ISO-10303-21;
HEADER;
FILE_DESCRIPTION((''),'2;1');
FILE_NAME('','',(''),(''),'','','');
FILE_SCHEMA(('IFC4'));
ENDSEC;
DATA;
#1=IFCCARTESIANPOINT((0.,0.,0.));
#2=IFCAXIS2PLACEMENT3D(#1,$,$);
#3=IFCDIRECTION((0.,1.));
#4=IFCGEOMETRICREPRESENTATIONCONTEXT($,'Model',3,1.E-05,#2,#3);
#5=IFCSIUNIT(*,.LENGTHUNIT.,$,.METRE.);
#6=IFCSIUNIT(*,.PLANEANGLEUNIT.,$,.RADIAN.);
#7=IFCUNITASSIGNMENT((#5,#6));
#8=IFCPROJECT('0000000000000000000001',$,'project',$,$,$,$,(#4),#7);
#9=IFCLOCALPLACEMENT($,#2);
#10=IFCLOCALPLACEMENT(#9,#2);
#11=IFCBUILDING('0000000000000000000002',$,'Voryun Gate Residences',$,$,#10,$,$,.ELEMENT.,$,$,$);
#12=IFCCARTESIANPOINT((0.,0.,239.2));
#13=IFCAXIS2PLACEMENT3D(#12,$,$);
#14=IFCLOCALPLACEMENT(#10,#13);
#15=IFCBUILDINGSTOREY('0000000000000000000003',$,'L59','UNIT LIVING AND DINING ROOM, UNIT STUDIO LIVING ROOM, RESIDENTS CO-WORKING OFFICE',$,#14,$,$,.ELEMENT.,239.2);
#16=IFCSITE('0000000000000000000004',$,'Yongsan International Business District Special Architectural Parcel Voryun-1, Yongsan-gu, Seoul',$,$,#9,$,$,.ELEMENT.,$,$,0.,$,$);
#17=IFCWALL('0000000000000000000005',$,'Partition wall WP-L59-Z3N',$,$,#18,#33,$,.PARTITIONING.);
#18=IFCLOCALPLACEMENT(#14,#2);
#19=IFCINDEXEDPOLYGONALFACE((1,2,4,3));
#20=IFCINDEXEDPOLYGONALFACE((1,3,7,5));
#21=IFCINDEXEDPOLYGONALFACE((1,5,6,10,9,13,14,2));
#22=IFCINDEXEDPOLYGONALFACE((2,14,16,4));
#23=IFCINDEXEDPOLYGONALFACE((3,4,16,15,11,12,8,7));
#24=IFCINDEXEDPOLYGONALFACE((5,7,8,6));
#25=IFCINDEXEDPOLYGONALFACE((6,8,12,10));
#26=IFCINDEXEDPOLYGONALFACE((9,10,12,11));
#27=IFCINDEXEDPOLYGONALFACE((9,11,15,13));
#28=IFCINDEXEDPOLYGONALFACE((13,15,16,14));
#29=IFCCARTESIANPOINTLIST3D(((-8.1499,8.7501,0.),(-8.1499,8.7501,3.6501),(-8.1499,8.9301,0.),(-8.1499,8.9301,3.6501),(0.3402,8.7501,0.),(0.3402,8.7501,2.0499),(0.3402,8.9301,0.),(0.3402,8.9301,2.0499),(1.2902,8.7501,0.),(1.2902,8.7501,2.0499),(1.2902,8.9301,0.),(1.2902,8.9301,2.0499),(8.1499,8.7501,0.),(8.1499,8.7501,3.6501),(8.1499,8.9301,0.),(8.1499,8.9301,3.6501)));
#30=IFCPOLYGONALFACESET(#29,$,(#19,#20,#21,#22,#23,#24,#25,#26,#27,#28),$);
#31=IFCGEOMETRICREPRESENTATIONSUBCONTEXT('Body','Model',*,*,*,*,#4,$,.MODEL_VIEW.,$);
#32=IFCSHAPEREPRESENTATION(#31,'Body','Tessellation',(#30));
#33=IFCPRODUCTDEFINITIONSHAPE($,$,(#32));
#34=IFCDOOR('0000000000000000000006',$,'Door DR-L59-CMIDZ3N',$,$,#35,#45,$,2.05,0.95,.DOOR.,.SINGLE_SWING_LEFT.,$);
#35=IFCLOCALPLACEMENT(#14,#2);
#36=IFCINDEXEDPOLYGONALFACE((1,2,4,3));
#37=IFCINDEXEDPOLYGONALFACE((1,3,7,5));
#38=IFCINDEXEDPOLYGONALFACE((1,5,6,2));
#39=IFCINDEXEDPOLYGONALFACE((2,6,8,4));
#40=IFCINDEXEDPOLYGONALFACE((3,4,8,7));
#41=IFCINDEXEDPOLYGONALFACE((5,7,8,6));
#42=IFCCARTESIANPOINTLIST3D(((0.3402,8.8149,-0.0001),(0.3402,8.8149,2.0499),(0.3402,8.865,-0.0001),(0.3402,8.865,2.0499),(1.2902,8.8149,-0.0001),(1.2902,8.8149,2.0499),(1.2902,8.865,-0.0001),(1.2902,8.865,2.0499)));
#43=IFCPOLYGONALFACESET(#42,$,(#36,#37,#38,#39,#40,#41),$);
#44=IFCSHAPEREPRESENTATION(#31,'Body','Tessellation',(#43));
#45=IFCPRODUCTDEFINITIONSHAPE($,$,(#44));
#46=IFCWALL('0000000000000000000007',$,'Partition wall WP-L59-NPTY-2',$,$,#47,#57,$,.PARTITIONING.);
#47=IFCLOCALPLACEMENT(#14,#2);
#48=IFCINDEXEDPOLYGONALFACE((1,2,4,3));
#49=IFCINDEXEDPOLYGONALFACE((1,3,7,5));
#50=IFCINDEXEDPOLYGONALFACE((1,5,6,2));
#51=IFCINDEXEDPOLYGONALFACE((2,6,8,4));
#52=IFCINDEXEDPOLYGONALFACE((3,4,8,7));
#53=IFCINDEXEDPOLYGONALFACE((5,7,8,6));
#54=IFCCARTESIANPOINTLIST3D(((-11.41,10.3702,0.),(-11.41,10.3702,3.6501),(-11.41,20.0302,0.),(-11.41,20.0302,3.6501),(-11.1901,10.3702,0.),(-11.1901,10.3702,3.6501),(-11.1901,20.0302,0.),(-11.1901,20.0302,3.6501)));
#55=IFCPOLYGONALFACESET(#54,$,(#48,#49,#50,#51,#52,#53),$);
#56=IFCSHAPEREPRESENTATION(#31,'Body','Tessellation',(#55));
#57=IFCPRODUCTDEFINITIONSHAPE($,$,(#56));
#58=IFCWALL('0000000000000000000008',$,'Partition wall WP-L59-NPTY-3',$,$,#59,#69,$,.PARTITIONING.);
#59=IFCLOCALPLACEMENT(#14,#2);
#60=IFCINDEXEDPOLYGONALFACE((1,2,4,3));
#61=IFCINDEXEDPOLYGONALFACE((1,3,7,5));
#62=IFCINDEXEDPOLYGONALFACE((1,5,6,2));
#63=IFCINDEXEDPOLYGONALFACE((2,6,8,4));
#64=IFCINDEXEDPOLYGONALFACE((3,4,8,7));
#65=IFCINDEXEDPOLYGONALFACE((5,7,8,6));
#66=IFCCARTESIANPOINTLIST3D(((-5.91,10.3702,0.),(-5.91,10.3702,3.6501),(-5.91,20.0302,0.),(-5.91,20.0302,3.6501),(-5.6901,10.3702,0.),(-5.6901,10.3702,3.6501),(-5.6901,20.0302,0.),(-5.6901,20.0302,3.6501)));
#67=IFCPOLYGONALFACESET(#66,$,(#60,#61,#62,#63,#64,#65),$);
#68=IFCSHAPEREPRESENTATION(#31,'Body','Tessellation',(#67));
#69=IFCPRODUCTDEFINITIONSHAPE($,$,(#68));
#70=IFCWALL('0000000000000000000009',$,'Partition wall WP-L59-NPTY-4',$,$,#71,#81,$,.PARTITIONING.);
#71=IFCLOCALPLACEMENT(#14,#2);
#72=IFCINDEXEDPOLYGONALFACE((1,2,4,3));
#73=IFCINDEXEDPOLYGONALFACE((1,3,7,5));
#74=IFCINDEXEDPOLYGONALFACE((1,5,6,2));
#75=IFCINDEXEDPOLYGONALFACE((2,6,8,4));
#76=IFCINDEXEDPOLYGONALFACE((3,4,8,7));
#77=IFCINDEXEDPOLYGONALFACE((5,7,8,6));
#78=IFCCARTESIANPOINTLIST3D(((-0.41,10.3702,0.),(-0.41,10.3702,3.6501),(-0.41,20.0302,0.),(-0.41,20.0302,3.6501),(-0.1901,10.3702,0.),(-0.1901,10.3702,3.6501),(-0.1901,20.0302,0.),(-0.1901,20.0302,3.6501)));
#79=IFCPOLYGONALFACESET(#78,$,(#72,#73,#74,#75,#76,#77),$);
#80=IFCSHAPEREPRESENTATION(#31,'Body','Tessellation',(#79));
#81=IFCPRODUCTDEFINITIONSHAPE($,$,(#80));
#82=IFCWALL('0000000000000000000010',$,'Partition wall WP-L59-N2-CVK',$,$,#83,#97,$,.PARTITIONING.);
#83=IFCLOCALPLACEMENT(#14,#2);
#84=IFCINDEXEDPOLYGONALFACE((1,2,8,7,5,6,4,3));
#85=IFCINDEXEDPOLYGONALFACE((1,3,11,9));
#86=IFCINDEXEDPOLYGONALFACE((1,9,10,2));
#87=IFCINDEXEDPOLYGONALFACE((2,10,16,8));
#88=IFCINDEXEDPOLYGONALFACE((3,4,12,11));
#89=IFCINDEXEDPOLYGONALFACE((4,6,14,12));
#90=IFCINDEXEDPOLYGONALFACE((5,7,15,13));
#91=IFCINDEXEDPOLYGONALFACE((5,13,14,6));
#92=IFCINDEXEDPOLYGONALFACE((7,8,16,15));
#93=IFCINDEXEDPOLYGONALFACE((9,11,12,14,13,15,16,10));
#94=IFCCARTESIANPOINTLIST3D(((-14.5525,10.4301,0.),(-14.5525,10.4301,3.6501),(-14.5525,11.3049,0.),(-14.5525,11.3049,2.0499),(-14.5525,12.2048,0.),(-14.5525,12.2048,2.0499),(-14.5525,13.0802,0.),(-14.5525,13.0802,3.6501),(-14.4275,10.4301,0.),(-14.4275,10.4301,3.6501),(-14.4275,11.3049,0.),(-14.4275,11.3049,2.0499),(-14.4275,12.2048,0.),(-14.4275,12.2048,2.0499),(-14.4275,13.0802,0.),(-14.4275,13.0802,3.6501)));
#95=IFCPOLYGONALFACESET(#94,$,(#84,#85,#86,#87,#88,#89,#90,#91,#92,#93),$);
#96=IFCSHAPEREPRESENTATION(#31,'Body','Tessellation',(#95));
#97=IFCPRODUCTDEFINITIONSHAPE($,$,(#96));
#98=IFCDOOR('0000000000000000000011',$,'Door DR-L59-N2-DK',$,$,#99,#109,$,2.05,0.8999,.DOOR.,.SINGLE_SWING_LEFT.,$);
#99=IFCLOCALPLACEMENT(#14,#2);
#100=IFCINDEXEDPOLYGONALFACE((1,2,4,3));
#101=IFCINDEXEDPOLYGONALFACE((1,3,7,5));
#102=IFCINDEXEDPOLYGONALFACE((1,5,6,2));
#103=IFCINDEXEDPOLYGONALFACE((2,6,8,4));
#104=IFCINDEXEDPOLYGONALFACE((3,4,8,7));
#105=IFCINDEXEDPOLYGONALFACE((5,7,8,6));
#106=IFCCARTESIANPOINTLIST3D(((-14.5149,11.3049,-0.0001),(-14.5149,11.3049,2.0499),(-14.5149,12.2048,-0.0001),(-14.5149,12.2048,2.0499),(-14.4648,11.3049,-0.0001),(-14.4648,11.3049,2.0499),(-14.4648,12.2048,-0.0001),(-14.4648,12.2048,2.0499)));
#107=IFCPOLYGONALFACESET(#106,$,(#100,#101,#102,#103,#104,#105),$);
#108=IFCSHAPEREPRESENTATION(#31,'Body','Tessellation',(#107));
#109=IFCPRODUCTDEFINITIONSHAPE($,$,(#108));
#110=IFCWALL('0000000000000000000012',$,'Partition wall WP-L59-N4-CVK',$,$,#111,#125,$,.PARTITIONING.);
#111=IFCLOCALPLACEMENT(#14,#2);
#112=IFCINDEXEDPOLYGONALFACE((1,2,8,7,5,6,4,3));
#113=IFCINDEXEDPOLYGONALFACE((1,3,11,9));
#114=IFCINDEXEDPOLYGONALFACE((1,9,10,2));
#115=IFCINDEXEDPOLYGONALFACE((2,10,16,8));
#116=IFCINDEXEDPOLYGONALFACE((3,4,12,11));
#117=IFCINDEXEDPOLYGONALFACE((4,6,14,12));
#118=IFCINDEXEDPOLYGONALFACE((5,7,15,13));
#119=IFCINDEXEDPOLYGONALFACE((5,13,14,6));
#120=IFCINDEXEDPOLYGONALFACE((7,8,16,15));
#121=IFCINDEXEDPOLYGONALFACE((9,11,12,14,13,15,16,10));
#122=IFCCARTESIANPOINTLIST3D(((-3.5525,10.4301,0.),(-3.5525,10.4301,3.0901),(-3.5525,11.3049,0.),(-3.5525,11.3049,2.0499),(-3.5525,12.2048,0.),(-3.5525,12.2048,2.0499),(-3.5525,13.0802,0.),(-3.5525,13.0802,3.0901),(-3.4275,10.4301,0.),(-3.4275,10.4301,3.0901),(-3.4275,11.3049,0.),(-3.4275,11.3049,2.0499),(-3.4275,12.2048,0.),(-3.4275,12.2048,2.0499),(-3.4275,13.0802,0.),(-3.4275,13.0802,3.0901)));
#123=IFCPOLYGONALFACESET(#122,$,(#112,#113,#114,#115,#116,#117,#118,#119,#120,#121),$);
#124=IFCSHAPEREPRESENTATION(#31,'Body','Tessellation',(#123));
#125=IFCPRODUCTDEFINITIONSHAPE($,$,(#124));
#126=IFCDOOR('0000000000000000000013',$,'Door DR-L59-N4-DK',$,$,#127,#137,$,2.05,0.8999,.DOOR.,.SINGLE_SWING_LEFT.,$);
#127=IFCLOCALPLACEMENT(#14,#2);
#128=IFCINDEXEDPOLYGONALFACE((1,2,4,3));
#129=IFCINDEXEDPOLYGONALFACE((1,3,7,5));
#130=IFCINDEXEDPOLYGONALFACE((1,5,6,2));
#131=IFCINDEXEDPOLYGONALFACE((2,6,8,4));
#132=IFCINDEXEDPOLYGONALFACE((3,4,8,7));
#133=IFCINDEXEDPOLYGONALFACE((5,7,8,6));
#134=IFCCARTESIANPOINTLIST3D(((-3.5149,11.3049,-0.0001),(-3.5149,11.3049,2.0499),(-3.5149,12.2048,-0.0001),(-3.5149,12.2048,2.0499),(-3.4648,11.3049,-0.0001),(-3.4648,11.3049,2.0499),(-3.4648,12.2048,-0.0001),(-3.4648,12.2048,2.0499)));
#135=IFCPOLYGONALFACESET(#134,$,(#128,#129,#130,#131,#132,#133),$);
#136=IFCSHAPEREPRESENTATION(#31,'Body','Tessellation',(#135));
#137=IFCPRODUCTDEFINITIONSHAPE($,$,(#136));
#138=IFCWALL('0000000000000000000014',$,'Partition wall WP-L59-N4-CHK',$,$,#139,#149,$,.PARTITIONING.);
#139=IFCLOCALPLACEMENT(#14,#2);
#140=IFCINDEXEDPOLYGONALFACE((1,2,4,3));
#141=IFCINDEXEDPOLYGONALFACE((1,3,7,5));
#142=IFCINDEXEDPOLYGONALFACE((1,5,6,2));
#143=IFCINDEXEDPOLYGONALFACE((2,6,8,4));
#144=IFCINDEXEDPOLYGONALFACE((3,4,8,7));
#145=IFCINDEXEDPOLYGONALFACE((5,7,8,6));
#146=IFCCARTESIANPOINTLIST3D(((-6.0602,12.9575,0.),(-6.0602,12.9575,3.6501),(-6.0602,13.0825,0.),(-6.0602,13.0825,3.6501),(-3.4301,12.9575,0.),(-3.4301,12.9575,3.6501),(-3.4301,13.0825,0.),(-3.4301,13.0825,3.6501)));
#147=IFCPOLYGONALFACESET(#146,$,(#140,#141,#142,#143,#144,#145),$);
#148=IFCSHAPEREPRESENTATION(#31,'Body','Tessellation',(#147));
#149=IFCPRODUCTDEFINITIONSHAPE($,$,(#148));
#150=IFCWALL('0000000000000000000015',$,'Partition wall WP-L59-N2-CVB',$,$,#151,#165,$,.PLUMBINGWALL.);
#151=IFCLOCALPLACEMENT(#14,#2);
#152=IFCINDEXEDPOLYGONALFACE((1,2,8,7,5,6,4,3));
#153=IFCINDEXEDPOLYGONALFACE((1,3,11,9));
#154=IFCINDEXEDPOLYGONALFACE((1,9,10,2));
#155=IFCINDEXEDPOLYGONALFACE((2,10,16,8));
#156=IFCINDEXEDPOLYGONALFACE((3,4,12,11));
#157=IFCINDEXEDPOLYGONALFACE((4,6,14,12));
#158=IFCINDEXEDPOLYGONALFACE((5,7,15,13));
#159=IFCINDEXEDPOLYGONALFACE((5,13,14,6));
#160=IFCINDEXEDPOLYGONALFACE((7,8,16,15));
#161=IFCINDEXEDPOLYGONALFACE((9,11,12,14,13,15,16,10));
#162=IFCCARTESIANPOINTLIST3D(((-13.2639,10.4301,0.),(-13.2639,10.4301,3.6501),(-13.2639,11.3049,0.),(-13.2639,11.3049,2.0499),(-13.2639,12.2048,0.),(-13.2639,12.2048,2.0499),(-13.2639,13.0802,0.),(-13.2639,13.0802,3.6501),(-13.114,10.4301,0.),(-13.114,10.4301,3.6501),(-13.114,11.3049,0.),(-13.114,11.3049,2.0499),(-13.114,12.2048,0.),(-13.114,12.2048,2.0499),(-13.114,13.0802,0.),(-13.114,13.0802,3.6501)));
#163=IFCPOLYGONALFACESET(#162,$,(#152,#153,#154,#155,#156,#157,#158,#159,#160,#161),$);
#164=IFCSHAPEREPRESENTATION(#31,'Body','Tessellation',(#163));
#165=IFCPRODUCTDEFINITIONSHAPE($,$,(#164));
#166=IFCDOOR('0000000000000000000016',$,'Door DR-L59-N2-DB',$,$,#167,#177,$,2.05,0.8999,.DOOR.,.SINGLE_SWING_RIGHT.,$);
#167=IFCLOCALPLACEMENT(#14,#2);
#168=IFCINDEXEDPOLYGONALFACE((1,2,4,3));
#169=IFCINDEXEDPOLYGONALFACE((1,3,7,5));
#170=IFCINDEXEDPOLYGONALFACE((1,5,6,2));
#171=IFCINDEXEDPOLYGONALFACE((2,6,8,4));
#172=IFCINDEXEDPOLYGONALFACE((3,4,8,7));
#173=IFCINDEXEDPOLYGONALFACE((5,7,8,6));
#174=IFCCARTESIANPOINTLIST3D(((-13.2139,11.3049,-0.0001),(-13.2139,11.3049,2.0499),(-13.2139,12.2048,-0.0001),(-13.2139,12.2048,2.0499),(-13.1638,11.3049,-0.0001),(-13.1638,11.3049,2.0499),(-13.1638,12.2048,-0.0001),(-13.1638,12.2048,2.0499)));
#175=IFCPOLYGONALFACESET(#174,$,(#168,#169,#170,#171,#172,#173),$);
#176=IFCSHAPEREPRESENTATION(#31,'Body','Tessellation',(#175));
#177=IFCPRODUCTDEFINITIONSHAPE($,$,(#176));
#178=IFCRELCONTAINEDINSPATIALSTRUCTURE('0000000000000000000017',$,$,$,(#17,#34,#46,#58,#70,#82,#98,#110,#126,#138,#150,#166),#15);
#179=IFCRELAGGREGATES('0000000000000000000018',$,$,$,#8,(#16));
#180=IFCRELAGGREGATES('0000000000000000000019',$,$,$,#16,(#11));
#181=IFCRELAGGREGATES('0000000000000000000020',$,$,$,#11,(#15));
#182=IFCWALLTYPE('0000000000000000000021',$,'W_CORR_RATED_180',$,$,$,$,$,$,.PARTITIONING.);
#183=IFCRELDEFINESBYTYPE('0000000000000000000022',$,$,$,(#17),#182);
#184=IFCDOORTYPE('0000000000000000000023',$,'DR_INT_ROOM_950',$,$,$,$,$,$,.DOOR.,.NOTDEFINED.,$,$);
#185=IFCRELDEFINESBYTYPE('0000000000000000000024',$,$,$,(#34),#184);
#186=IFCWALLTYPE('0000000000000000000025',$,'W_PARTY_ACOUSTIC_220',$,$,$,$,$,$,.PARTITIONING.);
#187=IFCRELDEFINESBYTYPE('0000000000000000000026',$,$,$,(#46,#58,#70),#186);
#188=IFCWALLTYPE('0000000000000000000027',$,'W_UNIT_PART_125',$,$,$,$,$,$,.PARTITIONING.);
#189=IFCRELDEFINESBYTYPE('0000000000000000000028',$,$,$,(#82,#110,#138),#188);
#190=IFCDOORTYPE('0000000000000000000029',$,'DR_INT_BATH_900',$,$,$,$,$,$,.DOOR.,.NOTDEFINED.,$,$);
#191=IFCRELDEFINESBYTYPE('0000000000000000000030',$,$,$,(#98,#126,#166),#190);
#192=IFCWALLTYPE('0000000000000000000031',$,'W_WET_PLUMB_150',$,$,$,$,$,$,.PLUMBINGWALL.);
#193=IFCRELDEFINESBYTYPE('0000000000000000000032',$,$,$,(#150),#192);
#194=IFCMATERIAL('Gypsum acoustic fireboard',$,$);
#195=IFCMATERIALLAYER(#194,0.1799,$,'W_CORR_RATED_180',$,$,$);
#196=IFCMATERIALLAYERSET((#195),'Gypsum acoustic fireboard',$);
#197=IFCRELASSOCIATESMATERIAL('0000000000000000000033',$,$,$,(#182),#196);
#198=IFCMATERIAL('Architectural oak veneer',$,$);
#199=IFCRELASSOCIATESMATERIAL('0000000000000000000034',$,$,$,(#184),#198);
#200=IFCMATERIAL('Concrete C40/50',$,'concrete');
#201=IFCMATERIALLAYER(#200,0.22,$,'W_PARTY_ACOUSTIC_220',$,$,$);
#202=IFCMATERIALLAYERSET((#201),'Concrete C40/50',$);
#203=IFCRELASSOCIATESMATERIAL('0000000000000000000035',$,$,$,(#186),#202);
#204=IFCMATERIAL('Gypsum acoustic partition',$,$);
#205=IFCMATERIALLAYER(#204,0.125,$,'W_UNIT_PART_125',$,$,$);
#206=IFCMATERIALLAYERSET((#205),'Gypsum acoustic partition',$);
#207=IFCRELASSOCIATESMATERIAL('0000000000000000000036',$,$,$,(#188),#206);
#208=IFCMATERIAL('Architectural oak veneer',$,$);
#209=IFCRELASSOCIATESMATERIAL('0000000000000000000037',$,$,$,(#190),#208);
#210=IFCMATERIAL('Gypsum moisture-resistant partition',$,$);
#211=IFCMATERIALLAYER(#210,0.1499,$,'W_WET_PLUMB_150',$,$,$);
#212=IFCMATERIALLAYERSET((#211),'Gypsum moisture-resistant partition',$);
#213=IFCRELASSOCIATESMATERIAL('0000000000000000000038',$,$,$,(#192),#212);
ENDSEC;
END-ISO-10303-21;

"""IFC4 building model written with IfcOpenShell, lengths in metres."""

from ifc_helpers import new_model, si_unit, direction, frame, frame_2d, origin, place, context, subcontext, project, spatial, rectangle, extrude, material, layer, layer_set, type_object, element, fill, save


model = new_model("IFC4")

# Units and contexts
model_context = context("Model", 3, precision=1e-05, world=origin(), true_north=direction((0.0, 1.0)))
body_context = subcontext(model_context, "Body", "Model", "MODEL_VIEW")
ifc_project = project(units=[si_unit("LENGTHUNIT", "METRE"), si_unit("PLANEANGLEUNIT", "RADIAN")], contexts=[model_context])

# Site, building, storey
site_placement = place(None, origin())
site = spatial("IfcSite", under=ifc_project, at=site_placement, Name="Yongsan International Business District Special Architectural Parcel Voryun-1, Yongsan-gu, Seoul", CompositionType="ELEMENT", RefElevation=0.0)
building_placement = place(site_placement, origin())
building = spatial("IfcBuilding", under=site, at=building_placement, Name="Voryun Gate Residences", CompositionType="ELEMENT")
storey_placement = place(building_placement, frame((0.0, 0.0, 239.2)))
storey = spatial("IfcBuildingStorey", under=building, at=storey_placement, Name="L59", Description="UNIT LIVING AND DINING ROOM, UNIT STUDIO LIVING ROOM, RESIDENTS CO-WORKING OFFICE", CompositionType="ELEMENT", Elevation=239.2)

# Wall, opening, door
ifc_material_1 = material(Name="Gypsum acoustic fireboard")
ifc_layer_1 = layer(ifc_material_1, 0.1799, Name="W_CORR_RATED_180")
ifc_layer_set_1 = layer_set([ifc_layer_1], Name="Gypsum acoustic fireboard")
wall_type_1 = type_object("IfcWallType", Name="W_CORR_RATED_180", PredefinedType="PARTITIONING", material=ifc_layer_set_1)
wall_1_placement = place(storey_placement, frame((-8.1499, 8.8401, 0.0), z_axis=(0.0, 0.0, 1.0), x_axis=(1.0, 0.0, 0.0)))
wall_1 = element("IfcWall", 1, at=wall_1_placement, inside=storey, type_object=wall_type_1, Name="Partition wall WP-L59-Z3N", PredefinedType="PARTITIONING", context=body_context, shape_type="SweptSolid", body=[
    extrude(rectangle(XDim=16.2998, YDim=0.1799, at=frame_2d((8.1499, 0.0))), origin(), (0.0, 0.0, 1.0), 3.6501),
])
opening_1_placement = place(wall_1_placement, frame((8.49, 0.0, 0.0)))
opening_1 = element("IfcOpeningElement", 2, at=opening_1_placement, cuts=wall_1, PredefinedType="OPENING", context=body_context, shape_type="SweptSolid", body=[
    extrude(rectangle(XDim=0.95, YDim=2.05, at=frame_2d((0.4751, 1.0249))), frame((0.0, 0.0999, 0.0), z_axis=(0.0, -1.0, 0.0), x_axis=(1.0, 0.0, 0.0)), (0.0, 0.0, 1.0), 0.2),
])
ifc_material_2 = material(Name="Architectural oak veneer")
door_type_1 = type_object("IfcDoorType", Name="DR_INT_ROOM_950", OperationType="NOTDEFINED", PredefinedType="DOOR", material=ifc_material_2)
door_1_placement = place(opening_1_placement, origin())
door_1 = element("IfcDoor", 3, at=door_1_placement, inside=storey, type_object=door_type_1, Name="Door DR-L59-CMIDZ3N", OperationType="SINGLE_SWING_LEFT", OverallHeight=2.05, OverallWidth=0.95, PredefinedType="DOOR", context=body_context, shape_type="SweptSolid", body=[
    extrude(rectangle(XDim=0.95, YDim=2.05, at=frame_2d((0.4751, 1.0249))), frame((0.0, 0.0249, 0.0), z_axis=(0.0, -1.0, 0.0), x_axis=(1.0, 0.0, 0.0)), (0.0, 0.0, 1.0), 0.05),
])
fill(opening_1, door_1)

# Walls
ifc_material_3 = material(Name="Concrete C40/50", Category="concrete")
ifc_layer_2 = layer(ifc_material_3, 0.22, Name="W_PARTY_ACOUSTIC_220")
ifc_layer_set_2 = layer_set([ifc_layer_2], Name="Concrete C40/50")
wall_type_2 = type_object("IfcWallType", Name="W_PARTY_ACOUSTIC_220", PredefinedType="PARTITIONING", material=ifc_layer_set_2)
for number, where, z_axis, x_axis, name in (
    (4, (-11.3, 10.3701, 0.0), (0.0, 0.0, 1.0), (0.0, 1.0, 0.0), "Partition wall WP-L59-NPTY-2"),
    (5, (-5.8, 10.3701, 0.0), (0.0, 0.0, 1.0), (0.0, 1.0, 0.0), "Partition wall WP-L59-NPTY-3"),
    (6, (-0.3, 10.3701, 0.0), (0.0, 0.0, 1.0), (0.0, 1.0, 0.0), "Partition wall WP-L59-NPTY-4"),
):
    element("IfcWall", number, at=place(storey_placement, frame(where, z_axis=z_axis, x_axis=x_axis)), inside=storey, type_object=wall_type_2, Name=name, PredefinedType="PARTITIONING", context=body_context, shape_type="SweptSolid", body=[
        extrude(rectangle(XDim=9.6599, YDim=0.22, at=frame_2d((4.8301, 0.0))), origin(), (0.0, 0.0, 1.0), 3.6501),
    ])

# Walls, openings, doors
ifc_material_4 = material(Name="Gypsum acoustic partition")
ifc_layer_3 = layer(ifc_material_4, 0.125, Name="W_UNIT_PART_125")
ifc_layer_set_3 = layer_set([ifc_layer_3], Name="Gypsum acoustic partition")
wall_type_3 = type_object("IfcWallType", Name="W_UNIT_PART_125", PredefinedType="PARTITIONING", material=ifc_layer_set_3)
wall_2_placement = place(storey_placement, frame((-14.49, 10.4299, 0.0), z_axis=(0.0, 0.0, 1.0), x_axis=(0.0, 1.0, 0.0)))
wall_2 = element("IfcWall", 7, at=wall_2_placement, inside=storey, type_object=wall_type_3, Name="Partition wall WP-L59-N2-CVK", PredefinedType="PARTITIONING", context=body_context, shape_type="SweptSolid", body=[
    extrude(rectangle(XDim=2.6501, YDim=0.125, at=frame_2d((1.3252, 0.0))), origin(), (0.0, 0.0, 1.0), 3.6501),
])
opening_2_placement = place(wall_2_placement, frame((0.875, 0.0, 0.0)))
opening_2 = element("IfcOpeningElement", 8, at=opening_2_placement, cuts=wall_2, PredefinedType="OPENING", context=body_context, shape_type="SweptSolid", body=[
    extrude(rectangle(XDim=0.8999, YDim=2.05, at=frame_2d((0.45, 1.0249))), frame((0.0, 0.0725, 0.0), z_axis=(0.0, -1.0, 0.0), x_axis=(1.0, 0.0, 0.0)), (0.0, 0.0, 1.0), 0.145),
])
ifc_material_5 = material(Name="Architectural oak veneer")
door_type_2 = type_object("IfcDoorType", Name="DR_INT_BATH_900", OperationType="NOTDEFINED", PredefinedType="DOOR", material=ifc_material_5)
door_2_placement = place(opening_2_placement, origin())
door_2 = element("IfcDoor", 9, at=door_2_placement, inside=storey, type_object=door_type_2, Name="Door DR-L59-N2-DK", OperationType="SINGLE_SWING_LEFT", OverallHeight=2.05, OverallWidth=0.8999, PredefinedType="DOOR", context=body_context, shape_type="SweptSolid", body=[
    extrude(rectangle(XDim=0.8999, YDim=2.05, at=frame_2d((0.45, 1.0249))), frame((0.0, 0.0249, 0.0), z_axis=(0.0, -1.0, 0.0), x_axis=(1.0, 0.0, 0.0)), (0.0, 0.0, 1.0), 0.05),
])
fill(opening_2, door_2)
wall_3_placement = place(storey_placement, frame((-3.49, 10.4299, 0.0), z_axis=(0.0, 0.0, 1.0), x_axis=(0.0, 1.0, 0.0)))
wall_3 = element("IfcWall", 10, at=wall_3_placement, inside=storey, type_object=wall_type_3, Name="Partition wall WP-L59-N4-CVK", PredefinedType="PARTITIONING", context=body_context, shape_type="SweptSolid", body=[
    extrude(rectangle(XDim=2.6501, YDim=0.125, at=frame_2d((1.3252, 0.0))), origin(), (0.0, 0.0, 1.0), 3.0901),
])
opening_3_placement = place(wall_3_placement, frame((0.875, 0.0, 0.0)))
opening_3 = element("IfcOpeningElement", 11, at=opening_3_placement, cuts=wall_3, PredefinedType="OPENING", context=body_context, shape_type="SweptSolid", body=[
    extrude(rectangle(XDim=0.8999, YDim=2.05, at=frame_2d((0.45, 1.0249))), frame((0.0, 0.0725, 0.0), z_axis=(0.0, -1.0, 0.0), x_axis=(1.0, 0.0, 0.0)), (0.0, 0.0, 1.0), 0.145),
])
door_3_placement = place(opening_3_placement, origin())
door_3 = element("IfcDoor", 12, at=door_3_placement, inside=storey, type_object=door_type_2, Name="Door DR-L59-N4-DK", OperationType="SINGLE_SWING_LEFT", OverallHeight=2.05, OverallWidth=0.8999, PredefinedType="DOOR", context=body_context, shape_type="SweptSolid", body=[
    extrude(rectangle(XDim=0.8999, YDim=2.05, at=frame_2d((0.45, 1.0249))), frame((0.0, 0.0249, 0.0), z_axis=(0.0, -1.0, 0.0), x_axis=(1.0, 0.0, 0.0)), (0.0, 0.0, 1.0), 0.05),
])
fill(opening_3, door_3)

# Wall
wall_4_placement = place(storey_placement, frame((-6.0601, 13.02, 0.0), z_axis=(0.0, 0.0, 1.0), x_axis=(1.0, 0.0, 0.0)))
element("IfcWall", 13, at=wall_4_placement, inside=storey, type_object=wall_type_3, Name="Partition wall WP-L59-N4-CHK", PredefinedType="PARTITIONING", context=body_context, shape_type="SweptSolid", body=[
    extrude(rectangle(XDim=2.6301, YDim=0.125, at=frame_2d((1.3149, 0.0))), origin(), (0.0, 0.0, 1.0), 3.6501),
])

# Wall, opening, door
ifc_material_6 = material(Name="Gypsum moisture-resistant partition")
ifc_layer_4 = layer(ifc_material_6, 0.1499, Name="W_WET_PLUMB_150")
ifc_layer_set_4 = layer_set([ifc_layer_4], Name="Gypsum moisture-resistant partition")
wall_type_4 = type_object("IfcWallType", Name="W_WET_PLUMB_150", PredefinedType="PLUMBINGWALL", material=ifc_layer_set_4)
wall_5_placement = place(storey_placement, frame((-13.189, 10.4299, 0.0), z_axis=(0.0, 0.0, 1.0), x_axis=(0.0, 1.0, 0.0)))
wall_5 = element("IfcWall", 14, at=wall_5_placement, inside=storey, type_object=wall_type_4, Name="Partition wall WP-L59-N2-CVB", PredefinedType="PLUMBINGWALL", context=body_context, shape_type="SweptSolid", body=[
    extrude(rectangle(XDim=2.6501, YDim=0.1499, at=frame_2d((1.3252, 0.0))), origin(), (0.0, 0.0, 1.0), 3.6501),
])
opening_4_placement = place(wall_5_placement, frame((0.875, 0.0, 0.0)))
opening_4 = element("IfcOpeningElement", 15, at=opening_4_placement, cuts=wall_5, PredefinedType="OPENING", context=body_context, shape_type="SweptSolid", body=[
    extrude(rectangle(XDim=0.8999, YDim=2.05, at=frame_2d((0.45, 1.0249))), frame((0.0, 0.085, 0.0), z_axis=(0.0, -1.0, 0.0), x_axis=(1.0, 0.0, 0.0)), (0.0, 0.0, 1.0), 0.1699),
])
door_4_placement = place(opening_4_placement, origin())
door_4 = element("IfcDoor", 16, at=door_4_placement, inside=storey, type_object=door_type_2, Name="Door DR-L59-N2-DB", OperationType="SINGLE_SWING_RIGHT", OverallHeight=2.05, OverallWidth=0.8999, PredefinedType="DOOR", context=body_context, shape_type="SweptSolid", body=[
    extrude(rectangle(XDim=0.8999, YDim=2.05, at=frame_2d((0.45, 1.0249))), frame((0.0, 0.0249, 0.0), z_axis=(0.0, -1.0, 0.0), x_axis=(1.0, 0.0, 0.0)), (0.0, 0.0, 1.0), 0.05),
])
fill(opening_4, door_4)

save(model, "model.ifc")
